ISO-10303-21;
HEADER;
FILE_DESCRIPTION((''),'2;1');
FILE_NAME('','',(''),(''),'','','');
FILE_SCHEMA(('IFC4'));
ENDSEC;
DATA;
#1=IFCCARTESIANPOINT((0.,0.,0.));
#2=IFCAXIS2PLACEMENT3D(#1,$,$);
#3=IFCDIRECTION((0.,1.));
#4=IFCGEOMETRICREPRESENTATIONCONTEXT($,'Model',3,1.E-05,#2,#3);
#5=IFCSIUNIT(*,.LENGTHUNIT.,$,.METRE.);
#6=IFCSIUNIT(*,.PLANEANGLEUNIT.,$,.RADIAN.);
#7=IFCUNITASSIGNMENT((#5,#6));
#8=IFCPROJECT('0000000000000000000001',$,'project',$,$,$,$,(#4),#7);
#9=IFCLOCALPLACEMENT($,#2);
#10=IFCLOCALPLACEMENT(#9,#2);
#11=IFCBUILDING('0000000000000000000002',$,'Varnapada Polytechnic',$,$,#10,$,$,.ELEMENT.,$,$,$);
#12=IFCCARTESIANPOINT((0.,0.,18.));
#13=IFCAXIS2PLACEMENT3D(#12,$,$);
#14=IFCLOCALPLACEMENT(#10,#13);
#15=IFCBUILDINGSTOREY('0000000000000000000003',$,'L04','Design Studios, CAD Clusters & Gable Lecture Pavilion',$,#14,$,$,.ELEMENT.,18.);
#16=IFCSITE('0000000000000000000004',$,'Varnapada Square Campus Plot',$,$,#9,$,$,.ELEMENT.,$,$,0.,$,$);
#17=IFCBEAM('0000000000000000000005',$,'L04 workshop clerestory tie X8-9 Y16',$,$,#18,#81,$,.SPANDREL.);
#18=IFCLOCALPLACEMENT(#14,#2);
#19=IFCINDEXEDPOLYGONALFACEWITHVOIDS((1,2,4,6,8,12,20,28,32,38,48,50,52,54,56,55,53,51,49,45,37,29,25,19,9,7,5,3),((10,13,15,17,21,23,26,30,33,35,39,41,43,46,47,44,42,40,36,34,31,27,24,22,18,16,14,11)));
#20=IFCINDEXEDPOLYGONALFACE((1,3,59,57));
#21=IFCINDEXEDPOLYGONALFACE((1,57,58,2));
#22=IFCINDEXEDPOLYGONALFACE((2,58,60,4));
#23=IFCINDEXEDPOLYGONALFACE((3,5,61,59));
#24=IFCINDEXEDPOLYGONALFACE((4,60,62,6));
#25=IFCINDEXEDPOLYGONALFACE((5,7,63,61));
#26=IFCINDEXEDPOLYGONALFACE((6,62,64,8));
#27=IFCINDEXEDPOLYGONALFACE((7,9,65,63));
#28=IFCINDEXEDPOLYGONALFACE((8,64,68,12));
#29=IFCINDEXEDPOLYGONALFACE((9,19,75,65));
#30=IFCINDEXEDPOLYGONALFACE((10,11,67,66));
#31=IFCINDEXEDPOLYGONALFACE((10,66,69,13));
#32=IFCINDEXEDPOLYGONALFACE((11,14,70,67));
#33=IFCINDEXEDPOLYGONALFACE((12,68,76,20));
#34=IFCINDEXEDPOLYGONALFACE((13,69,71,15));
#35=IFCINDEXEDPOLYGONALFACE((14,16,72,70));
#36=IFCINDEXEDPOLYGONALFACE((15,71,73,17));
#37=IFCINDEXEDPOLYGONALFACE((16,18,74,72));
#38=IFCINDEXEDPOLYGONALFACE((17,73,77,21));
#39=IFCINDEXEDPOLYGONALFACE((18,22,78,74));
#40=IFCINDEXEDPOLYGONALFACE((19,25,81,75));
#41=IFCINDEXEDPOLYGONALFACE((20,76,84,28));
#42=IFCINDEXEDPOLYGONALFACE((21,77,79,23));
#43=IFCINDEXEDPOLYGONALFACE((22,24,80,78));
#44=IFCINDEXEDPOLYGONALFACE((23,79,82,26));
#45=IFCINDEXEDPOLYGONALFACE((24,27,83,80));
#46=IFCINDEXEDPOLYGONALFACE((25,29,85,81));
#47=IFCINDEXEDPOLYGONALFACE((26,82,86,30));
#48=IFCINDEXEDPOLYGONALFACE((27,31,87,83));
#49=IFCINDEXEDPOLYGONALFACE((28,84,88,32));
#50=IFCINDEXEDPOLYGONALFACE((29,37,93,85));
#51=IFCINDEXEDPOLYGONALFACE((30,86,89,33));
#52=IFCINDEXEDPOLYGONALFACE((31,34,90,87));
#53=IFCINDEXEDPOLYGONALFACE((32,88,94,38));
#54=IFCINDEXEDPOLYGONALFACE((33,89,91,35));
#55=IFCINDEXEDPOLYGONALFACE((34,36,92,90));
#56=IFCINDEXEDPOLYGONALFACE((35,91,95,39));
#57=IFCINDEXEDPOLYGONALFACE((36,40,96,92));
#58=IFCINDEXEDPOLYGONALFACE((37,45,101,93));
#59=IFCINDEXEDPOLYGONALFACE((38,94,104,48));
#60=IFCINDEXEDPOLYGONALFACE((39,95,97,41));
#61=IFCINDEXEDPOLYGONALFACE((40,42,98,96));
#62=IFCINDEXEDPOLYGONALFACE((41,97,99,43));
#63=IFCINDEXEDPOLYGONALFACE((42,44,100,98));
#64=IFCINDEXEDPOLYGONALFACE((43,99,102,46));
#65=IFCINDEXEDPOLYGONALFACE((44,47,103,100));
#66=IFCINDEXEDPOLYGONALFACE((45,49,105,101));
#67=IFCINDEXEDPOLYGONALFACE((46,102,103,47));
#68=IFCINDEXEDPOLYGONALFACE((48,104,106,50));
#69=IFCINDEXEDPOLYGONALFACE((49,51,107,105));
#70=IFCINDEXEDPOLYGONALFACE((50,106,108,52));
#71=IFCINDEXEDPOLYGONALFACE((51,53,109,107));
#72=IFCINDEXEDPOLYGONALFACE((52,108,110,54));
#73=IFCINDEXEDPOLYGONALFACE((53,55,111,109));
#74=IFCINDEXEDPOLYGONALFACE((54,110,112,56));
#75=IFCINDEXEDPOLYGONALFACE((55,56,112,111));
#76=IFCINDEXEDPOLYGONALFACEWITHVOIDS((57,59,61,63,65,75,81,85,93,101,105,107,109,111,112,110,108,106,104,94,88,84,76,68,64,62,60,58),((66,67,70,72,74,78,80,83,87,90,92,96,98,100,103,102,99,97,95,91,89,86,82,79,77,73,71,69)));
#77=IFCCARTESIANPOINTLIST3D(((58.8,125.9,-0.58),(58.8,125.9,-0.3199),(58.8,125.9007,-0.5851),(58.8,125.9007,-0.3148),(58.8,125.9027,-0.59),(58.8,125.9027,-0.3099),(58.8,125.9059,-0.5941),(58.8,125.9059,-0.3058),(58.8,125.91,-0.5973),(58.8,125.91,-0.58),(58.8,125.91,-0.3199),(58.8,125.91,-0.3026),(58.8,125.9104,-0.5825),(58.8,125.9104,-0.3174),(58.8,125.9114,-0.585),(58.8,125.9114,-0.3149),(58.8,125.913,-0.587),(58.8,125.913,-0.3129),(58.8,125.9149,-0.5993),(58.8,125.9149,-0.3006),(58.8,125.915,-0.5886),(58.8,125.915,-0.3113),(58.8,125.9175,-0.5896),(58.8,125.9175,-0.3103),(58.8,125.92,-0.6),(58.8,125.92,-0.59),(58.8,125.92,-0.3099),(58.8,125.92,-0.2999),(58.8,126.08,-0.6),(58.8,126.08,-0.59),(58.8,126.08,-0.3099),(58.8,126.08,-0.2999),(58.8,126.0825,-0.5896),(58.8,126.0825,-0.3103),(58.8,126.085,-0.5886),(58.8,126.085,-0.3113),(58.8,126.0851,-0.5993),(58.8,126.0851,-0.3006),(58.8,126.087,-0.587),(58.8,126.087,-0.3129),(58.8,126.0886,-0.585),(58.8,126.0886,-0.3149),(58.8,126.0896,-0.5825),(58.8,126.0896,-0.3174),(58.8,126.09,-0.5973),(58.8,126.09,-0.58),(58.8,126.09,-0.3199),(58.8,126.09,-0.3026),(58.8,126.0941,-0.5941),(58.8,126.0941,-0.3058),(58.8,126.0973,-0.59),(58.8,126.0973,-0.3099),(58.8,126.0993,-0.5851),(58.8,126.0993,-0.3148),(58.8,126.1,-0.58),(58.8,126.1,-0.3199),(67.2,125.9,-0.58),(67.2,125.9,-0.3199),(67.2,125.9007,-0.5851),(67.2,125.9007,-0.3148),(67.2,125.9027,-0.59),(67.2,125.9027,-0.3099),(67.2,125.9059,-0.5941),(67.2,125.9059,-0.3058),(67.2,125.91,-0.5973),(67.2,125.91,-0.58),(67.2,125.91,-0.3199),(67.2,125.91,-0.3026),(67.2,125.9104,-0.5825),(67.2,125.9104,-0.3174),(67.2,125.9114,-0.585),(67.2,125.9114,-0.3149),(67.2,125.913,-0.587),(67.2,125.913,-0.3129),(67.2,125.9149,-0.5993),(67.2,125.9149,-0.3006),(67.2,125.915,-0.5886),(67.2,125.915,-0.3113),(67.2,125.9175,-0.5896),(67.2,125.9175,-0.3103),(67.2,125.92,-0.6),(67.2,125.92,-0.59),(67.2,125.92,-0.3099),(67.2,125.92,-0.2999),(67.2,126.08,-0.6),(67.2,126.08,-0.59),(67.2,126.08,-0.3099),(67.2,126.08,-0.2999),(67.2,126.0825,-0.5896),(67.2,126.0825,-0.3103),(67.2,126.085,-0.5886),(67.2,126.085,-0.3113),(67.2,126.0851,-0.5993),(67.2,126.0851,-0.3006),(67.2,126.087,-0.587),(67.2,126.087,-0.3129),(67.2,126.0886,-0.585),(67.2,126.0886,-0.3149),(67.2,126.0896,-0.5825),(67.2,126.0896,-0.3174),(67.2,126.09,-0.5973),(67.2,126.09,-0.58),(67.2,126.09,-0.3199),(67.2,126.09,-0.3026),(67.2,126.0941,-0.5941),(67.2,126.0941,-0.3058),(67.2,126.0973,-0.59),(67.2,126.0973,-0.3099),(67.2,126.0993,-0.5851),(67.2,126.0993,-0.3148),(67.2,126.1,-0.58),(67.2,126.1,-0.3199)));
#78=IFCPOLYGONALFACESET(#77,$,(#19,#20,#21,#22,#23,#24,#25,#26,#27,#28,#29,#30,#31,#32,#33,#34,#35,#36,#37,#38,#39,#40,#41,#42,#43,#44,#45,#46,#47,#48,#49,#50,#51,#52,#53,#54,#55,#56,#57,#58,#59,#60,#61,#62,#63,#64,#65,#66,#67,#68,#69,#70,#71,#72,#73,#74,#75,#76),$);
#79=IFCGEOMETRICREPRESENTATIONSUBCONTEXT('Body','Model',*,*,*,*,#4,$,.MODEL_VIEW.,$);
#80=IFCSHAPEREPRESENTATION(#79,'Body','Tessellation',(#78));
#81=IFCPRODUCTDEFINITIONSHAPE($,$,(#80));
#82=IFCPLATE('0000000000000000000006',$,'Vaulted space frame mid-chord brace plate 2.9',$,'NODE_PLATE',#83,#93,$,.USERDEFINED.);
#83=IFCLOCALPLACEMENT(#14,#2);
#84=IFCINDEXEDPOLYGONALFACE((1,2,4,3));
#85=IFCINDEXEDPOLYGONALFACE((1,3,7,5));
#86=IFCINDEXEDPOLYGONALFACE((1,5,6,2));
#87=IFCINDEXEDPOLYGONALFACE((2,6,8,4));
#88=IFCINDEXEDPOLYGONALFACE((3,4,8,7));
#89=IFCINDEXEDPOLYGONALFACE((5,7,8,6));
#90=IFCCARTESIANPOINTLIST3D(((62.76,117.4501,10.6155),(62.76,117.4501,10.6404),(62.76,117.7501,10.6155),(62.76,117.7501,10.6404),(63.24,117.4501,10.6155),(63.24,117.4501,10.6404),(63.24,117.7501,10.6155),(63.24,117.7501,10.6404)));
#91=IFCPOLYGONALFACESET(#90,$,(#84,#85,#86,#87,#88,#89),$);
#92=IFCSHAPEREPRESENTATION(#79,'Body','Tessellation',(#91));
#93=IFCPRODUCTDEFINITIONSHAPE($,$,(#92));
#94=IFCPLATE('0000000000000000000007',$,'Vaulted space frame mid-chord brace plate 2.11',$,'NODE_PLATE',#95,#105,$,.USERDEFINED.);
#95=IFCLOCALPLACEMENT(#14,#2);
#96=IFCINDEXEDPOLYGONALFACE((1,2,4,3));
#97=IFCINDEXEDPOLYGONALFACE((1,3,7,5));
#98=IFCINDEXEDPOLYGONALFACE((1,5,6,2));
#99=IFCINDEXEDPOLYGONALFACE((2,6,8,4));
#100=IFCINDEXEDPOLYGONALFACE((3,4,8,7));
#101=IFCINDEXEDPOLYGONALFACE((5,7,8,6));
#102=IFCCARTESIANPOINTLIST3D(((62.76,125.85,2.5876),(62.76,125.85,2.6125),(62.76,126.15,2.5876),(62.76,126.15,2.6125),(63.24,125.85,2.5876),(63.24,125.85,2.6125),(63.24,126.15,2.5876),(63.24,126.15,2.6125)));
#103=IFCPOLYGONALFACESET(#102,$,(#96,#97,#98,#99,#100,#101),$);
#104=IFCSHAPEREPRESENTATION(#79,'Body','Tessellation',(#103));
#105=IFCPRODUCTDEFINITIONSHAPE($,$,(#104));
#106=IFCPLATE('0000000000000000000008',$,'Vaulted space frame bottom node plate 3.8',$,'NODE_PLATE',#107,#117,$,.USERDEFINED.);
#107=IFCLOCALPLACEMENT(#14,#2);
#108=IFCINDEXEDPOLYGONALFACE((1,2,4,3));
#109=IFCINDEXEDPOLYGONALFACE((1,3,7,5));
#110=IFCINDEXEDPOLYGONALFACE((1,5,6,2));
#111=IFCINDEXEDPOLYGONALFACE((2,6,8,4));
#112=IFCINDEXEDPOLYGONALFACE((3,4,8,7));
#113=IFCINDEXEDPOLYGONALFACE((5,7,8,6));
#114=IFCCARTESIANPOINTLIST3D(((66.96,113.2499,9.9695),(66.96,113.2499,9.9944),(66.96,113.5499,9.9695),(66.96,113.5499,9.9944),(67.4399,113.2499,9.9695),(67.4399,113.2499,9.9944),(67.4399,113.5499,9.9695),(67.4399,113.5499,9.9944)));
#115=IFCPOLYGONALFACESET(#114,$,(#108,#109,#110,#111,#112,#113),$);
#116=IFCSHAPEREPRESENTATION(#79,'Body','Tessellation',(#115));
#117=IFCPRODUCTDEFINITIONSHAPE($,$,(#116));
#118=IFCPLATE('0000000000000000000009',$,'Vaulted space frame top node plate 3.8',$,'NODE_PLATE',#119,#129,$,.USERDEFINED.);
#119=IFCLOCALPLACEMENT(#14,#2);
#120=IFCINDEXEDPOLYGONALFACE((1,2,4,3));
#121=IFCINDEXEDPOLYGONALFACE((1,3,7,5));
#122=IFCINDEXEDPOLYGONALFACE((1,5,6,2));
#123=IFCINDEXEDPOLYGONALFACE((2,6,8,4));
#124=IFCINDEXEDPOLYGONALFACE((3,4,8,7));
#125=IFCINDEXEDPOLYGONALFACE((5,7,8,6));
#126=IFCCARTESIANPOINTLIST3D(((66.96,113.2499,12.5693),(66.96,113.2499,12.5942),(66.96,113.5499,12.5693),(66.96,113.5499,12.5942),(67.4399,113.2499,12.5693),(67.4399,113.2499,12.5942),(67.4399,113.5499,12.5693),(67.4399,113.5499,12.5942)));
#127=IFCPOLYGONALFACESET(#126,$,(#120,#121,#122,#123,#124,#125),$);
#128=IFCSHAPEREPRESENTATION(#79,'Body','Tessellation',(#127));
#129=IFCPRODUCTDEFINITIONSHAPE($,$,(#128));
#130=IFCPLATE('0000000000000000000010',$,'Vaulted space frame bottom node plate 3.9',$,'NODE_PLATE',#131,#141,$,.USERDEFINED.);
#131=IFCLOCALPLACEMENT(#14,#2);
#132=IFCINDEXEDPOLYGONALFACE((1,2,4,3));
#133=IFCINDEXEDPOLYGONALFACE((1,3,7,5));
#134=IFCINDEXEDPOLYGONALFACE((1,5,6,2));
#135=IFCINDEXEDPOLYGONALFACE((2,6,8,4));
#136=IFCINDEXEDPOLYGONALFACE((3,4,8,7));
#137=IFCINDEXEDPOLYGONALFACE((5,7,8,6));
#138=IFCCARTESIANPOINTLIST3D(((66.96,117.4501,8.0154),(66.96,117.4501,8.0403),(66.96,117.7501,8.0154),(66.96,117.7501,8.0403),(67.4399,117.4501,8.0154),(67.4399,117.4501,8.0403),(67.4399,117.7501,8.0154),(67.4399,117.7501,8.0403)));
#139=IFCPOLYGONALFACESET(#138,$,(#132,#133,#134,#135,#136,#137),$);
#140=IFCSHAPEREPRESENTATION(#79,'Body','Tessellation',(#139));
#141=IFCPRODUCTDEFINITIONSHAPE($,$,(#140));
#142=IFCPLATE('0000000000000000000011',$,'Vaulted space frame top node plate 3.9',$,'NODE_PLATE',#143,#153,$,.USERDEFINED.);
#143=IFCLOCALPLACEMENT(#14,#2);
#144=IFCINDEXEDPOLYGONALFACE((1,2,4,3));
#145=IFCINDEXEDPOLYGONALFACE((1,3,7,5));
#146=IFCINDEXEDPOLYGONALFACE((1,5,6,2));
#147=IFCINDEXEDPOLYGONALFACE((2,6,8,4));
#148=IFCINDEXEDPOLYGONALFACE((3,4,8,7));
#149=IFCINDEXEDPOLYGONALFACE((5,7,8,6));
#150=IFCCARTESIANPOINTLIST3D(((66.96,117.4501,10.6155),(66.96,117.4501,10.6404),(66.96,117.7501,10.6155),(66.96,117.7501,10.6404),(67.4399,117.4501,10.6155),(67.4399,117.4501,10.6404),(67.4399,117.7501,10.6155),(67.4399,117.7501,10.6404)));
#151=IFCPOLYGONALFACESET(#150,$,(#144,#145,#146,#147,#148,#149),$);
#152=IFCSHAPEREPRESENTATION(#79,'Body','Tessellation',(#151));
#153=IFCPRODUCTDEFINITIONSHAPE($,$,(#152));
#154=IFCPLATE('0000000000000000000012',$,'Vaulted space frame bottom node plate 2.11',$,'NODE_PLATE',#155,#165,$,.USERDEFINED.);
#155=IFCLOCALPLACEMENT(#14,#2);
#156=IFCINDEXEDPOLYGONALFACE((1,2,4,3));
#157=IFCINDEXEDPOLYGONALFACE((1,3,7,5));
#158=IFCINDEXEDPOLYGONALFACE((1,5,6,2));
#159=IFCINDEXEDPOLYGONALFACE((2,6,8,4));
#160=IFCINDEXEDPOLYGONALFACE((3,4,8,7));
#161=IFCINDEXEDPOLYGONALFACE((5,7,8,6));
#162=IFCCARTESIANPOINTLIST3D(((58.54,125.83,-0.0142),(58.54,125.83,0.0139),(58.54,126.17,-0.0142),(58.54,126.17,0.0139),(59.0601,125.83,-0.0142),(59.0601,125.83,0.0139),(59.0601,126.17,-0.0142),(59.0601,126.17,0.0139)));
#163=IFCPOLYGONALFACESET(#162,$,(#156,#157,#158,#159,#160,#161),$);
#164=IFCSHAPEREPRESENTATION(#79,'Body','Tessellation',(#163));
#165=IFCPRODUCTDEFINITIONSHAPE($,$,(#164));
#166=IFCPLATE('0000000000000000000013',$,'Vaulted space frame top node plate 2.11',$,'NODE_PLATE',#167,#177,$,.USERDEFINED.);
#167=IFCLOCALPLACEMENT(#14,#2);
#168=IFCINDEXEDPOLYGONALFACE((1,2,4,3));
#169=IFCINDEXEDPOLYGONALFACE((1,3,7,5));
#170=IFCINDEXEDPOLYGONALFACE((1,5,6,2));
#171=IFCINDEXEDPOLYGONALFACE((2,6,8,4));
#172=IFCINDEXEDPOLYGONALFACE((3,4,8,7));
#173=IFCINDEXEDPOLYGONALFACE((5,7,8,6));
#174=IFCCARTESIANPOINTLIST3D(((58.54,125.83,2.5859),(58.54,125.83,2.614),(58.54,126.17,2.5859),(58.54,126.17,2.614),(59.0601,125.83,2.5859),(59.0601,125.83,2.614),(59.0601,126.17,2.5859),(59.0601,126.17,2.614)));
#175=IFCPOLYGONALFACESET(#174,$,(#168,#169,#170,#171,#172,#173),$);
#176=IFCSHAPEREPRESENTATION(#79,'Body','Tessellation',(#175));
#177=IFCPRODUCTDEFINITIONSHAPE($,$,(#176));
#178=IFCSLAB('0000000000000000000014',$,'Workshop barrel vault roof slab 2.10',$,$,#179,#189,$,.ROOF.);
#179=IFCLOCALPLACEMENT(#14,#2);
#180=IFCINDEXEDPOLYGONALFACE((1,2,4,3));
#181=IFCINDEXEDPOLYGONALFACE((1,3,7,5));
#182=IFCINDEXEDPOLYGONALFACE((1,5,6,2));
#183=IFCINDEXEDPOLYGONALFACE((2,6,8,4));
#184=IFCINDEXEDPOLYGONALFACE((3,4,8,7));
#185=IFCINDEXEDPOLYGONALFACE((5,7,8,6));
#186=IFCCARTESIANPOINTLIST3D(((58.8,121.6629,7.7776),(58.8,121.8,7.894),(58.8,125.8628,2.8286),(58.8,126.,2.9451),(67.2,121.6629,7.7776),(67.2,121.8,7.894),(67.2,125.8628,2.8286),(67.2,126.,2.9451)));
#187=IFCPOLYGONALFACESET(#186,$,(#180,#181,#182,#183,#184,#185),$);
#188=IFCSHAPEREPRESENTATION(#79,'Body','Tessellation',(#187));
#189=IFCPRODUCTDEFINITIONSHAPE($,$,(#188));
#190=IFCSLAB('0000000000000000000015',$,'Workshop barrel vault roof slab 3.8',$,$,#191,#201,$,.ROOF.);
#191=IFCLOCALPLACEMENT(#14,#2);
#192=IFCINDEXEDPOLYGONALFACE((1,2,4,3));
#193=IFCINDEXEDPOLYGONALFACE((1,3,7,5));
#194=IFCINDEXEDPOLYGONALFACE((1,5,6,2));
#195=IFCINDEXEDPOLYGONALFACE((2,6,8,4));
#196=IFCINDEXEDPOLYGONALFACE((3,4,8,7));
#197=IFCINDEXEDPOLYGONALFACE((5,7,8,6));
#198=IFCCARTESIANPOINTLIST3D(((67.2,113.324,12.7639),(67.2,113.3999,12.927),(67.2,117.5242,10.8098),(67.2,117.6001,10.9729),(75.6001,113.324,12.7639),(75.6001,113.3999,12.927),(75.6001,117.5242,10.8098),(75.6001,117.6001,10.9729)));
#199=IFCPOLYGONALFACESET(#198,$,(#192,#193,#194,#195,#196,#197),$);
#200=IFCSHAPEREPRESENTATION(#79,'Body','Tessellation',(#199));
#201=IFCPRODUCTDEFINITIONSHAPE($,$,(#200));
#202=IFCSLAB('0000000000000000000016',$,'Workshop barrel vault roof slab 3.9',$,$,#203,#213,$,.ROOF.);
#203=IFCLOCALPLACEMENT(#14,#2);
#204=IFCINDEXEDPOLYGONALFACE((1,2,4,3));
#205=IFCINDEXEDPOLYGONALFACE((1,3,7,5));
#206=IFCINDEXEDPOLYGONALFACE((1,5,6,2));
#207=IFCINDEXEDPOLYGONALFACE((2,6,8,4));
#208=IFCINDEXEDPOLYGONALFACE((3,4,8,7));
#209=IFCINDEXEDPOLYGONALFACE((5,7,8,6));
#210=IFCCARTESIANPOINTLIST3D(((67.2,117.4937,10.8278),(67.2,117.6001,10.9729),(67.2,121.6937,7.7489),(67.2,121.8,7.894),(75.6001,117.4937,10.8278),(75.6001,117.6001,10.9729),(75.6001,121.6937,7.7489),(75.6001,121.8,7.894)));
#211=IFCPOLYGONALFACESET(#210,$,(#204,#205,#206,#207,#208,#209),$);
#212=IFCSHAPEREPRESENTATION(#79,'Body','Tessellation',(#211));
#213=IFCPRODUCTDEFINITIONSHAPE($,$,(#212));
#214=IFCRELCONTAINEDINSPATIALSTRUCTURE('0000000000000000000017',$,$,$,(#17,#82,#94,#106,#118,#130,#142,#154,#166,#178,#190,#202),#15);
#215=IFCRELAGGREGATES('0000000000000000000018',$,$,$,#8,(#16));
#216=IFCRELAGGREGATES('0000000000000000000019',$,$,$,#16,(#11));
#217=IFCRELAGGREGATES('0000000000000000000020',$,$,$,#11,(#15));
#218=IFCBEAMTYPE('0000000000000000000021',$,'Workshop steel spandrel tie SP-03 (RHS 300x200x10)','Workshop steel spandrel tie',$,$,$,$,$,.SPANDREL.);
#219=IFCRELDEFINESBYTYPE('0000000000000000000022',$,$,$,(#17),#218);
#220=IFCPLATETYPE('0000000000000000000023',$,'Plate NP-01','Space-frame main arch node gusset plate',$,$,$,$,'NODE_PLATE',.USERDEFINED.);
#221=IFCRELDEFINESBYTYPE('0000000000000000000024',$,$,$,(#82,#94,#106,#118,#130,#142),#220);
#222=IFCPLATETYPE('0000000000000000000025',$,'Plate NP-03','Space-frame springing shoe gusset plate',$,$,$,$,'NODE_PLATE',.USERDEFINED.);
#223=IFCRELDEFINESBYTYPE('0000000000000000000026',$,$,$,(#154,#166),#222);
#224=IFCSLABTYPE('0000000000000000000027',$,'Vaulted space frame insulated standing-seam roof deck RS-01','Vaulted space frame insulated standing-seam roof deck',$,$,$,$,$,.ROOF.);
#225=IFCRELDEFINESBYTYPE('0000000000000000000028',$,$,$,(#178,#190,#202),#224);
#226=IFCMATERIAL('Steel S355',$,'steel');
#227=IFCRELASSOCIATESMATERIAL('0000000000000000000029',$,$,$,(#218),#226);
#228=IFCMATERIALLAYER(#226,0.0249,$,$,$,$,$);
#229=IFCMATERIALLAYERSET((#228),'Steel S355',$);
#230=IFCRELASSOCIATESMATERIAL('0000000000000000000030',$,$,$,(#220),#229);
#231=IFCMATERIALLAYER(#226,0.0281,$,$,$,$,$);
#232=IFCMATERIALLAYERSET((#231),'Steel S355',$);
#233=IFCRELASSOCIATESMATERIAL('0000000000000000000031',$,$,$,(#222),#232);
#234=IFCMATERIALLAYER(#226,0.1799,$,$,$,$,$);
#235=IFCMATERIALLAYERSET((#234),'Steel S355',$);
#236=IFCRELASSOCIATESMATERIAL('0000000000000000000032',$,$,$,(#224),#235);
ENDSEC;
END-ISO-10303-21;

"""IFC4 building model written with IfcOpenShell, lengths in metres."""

from ifc_helpers import new_model, si_unit, direction, frame, origin, origin_2d, place, context, subcontext, project, spatial, polyline, rectangle, hollow_rectangle, outline, extrude, material, layer, layer_set, material_profile, profile_set, type_object, element, save


model = new_model("IFC4")

# Units and contexts
model_context = context("Model", 3, precision=1e-05, world=origin(), true_north=direction((0.0, 1.0)))
body_context = subcontext(model_context, "Body", "Model", "MODEL_VIEW")
ifc_project = project(units=[si_unit("LENGTHUNIT", "METRE"), si_unit("PLANEANGLEUNIT", "RADIAN")], contexts=[model_context])

# Site, building, storey
site_placement = place(None, origin())
site = spatial("IfcSite", under=ifc_project, at=site_placement, Name="Varnapada Square Campus Plot", CompositionType="ELEMENT", RefElevation=0.0)
building_placement = place(site_placement, origin())
building = spatial("IfcBuilding", under=site, at=building_placement, Name="Varnapada Polytechnic", CompositionType="ELEMENT")
storey_placement = place(building_placement, frame((0.0, 0.0, 18.0)))
storey = spatial("IfcBuildingStorey", under=building, at=storey_placement, Name="L04", Description="Design Studios, CAD Clusters & Gable Lecture Pavilion", CompositionType="ELEMENT", Elevation=18.0)

# Shared definitions
ifc_material = material(Name="Steel S355", Category="steel")

# Beam
ifc_material_profile_1 = material_profile(ifc_material, hollow_rectangle(XDim=0.2, YDim=0.3, WallThickness=0.01, InnerFilletRadius=0.01, OuterFilletRadius=0.02, at=origin_2d()), Name="RHS 300x200x10")
ifc_profile_set_1 = profile_set([ifc_material_profile_1], Name="Steel S355")
beam_type_1 = type_object("IfcBeamType", Name="Workshop steel spandrel tie SP-03 (RHS 300x200x10)", Description="Workshop steel spandrel tie", PredefinedType="SPANDREL", material=ifc_profile_set_1)
beam_1_placement = place(storey_placement, frame((58.8, 126.0, -0.45), z_axis=(1.0, 0.0, 0.0), x_axis=(0.0, 1.0, 0.0)))
element("IfcBeam", 1, at=beam_1_placement, inside=storey, type_object=beam_type_1, Name="L04 workshop clerestory tie X8-9 Y16", PredefinedType="SPANDREL", context=body_context, shape_type="SweptSolid", body=[
    extrude(hollow_rectangle(XDim=0.2, YDim=0.3, WallThickness=0.01, InnerFilletRadius=0.01, OuterFilletRadius=0.02, at=origin_2d()), origin(), (0.0, 0.0, 1.0), 8.3999),
])

# Plates
ifc_layer_1 = layer(ifc_material, 0.0249)
ifc_layer_set_1 = layer_set([ifc_layer_1], Name="Steel S355")
plate_type_1 = type_object("IfcPlateType", Name="Plate NP-01", Description="Space-frame main arch node gusset plate", ElementType="NODE_PLATE", PredefinedType="USERDEFINED", material=ifc_layer_set_1)
for number, where, z_axis, x_axis, name in (
    (2, (63.0, 117.6001, 10.6155), (0.0, 0.0, 1.0), (1.0, 0.0, 0.0), "Vaulted space frame mid-chord brace plate 2.9"),
    (3, (63.0, 126.0, 2.5876), (0.0, 0.0, 1.0), (1.0, 0.0, 0.0), "Vaulted space frame mid-chord brace plate 2.11"),
    (4, (67.2, 113.3999, 9.9695), (0.0, 0.0, 1.0), (1.0, 0.0, 0.0), "Vaulted space frame bottom node plate 3.8"),
    (5, (67.2, 113.3999, 12.5693), (0.0, 0.0, 1.0), (1.0, 0.0, 0.0), "Vaulted space frame top node plate 3.8"),
    (6, (67.2, 117.6001, 8.0154), (0.0, 0.0, 1.0), (1.0, 0.0, 0.0), "Vaulted space frame bottom node plate 3.9"),
    (7, (67.2, 117.6001, 10.6155), (0.0, 0.0, 1.0), (1.0, 0.0, 0.0), "Vaulted space frame top node plate 3.9"),
):
    element("IfcPlate", number, at=place(storey_placement, frame(where, z_axis=z_axis, x_axis=x_axis)), inside=storey, type_object=plate_type_1, Name=name, ObjectType="NODE_PLATE", PredefinedType="USERDEFINED", context=body_context, shape_type="SweptSolid", body=[
        extrude(rectangle(XDim=0.48, YDim=0.3, at=origin_2d()), origin(), (0.0, 0.0, 1.0), 0.0249),
    ])
ifc_layer_2 = layer(ifc_material, 0.0281)
ifc_layer_set_2 = layer_set([ifc_layer_2], Name="Steel S355")
plate_type_2 = type_object("IfcPlateType", Name="Plate NP-03", Description="Space-frame springing shoe gusset plate", ElementType="NODE_PLATE", PredefinedType="USERDEFINED", material=ifc_layer_set_2)
for number, where, z_axis, x_axis, name in (
    (8, (58.8, 126.0, -0.0142), (0.0, 0.0, 1.0), (1.0, 0.0, 0.0), "Vaulted space frame bottom node plate 2.11"),
    (9, (58.8, 126.0, 2.5859), (0.0, 0.0, 1.0), (1.0, 0.0, 0.0), "Vaulted space frame top node plate 2.11"),
):
    element("IfcPlate", number, at=place(storey_placement, frame(where, z_axis=z_axis, x_axis=x_axis)), inside=storey, type_object=plate_type_2, Name=name, ObjectType="NODE_PLATE", PredefinedType="USERDEFINED", context=body_context, shape_type="SweptSolid", body=[
        extrude(rectangle(XDim=0.52, YDim=0.3401, at=origin_2d()), origin(), (0.0, 0.0, 1.0), 0.0281),
    ])

# Slabs
ifc_layer_3 = layer(ifc_material, 0.1799)
ifc_layer_set_3 = layer_set([ifc_layer_3], Name="Steel S355")
slab_type = type_object("IfcSlabType", Name="Vaulted space frame insulated standing-seam roof deck RS-01", Description="Vaulted space frame insulated standing-seam roof deck", PredefinedType="ROOF", material=ifc_layer_set_3)
slab_1_placement = place(storey_placement, frame((58.8, 121.8, 7.894), z_axis=(0.0, 0.762447, 0.647051), x_axis=(1.0, 0.0, 0.0)))
element("IfcSlab", 10, at=slab_1_placement, inside=storey, type_object=slab_type, Name="Workshop barrel vault roof slab 2.10", PredefinedType="ROOF", context=body_context, shape_type="SweptSolid", body=[
    extrude(outline(polyline([(0.0, 0.0), (8.3999, 0.0), (8.3999, 6.4909), (0.0, 6.4909), (0.0, 0.0)])), origin(), (0.0, 0.0, -1.0), 0.1799),
])
slab_2_placement = place(storey_placement, frame((67.2, 113.3999, 12.927), z_axis=(0.0, 0.421823, 0.906678), x_axis=(1.0, 0.0, 0.0)))
element("IfcSlab", 11, at=slab_2_placement, inside=storey, type_object=slab_type, Name="Workshop barrel vault roof slab 3.8", PredefinedType="ROOF", context=body_context, shape_type="SweptSolid", body=[
    extrude(outline(polyline([(0.0, 0.0), (8.4001, 0.0), (8.4001, 4.6325), (0.0, 4.6325), (0.0, 0.0)])), origin(), (0.0, 0.0, -1.0), 0.1799),
])
slab_3_placement = place(storey_placement, frame((67.2, 117.6001, 10.9729), z_axis=(0.0, 0.591225, 0.806506), x_axis=(1.0, 0.0, 0.0)))
element("IfcSlab", 12, at=slab_3_placement, inside=storey, type_object=slab_type, Name="Workshop barrel vault roof slab 3.9", PredefinedType="ROOF", context=body_context, shape_type="SweptSolid", body=[
    extrude(outline(polyline([(0.0, 0.0), (8.4001, 0.0), (8.4001, 5.2076), (0.0, 5.2076), (0.0, 0.0)])), origin(), (0.0, 0.0, -1.0), 0.1799),
])

save(model, "model.ifc")
